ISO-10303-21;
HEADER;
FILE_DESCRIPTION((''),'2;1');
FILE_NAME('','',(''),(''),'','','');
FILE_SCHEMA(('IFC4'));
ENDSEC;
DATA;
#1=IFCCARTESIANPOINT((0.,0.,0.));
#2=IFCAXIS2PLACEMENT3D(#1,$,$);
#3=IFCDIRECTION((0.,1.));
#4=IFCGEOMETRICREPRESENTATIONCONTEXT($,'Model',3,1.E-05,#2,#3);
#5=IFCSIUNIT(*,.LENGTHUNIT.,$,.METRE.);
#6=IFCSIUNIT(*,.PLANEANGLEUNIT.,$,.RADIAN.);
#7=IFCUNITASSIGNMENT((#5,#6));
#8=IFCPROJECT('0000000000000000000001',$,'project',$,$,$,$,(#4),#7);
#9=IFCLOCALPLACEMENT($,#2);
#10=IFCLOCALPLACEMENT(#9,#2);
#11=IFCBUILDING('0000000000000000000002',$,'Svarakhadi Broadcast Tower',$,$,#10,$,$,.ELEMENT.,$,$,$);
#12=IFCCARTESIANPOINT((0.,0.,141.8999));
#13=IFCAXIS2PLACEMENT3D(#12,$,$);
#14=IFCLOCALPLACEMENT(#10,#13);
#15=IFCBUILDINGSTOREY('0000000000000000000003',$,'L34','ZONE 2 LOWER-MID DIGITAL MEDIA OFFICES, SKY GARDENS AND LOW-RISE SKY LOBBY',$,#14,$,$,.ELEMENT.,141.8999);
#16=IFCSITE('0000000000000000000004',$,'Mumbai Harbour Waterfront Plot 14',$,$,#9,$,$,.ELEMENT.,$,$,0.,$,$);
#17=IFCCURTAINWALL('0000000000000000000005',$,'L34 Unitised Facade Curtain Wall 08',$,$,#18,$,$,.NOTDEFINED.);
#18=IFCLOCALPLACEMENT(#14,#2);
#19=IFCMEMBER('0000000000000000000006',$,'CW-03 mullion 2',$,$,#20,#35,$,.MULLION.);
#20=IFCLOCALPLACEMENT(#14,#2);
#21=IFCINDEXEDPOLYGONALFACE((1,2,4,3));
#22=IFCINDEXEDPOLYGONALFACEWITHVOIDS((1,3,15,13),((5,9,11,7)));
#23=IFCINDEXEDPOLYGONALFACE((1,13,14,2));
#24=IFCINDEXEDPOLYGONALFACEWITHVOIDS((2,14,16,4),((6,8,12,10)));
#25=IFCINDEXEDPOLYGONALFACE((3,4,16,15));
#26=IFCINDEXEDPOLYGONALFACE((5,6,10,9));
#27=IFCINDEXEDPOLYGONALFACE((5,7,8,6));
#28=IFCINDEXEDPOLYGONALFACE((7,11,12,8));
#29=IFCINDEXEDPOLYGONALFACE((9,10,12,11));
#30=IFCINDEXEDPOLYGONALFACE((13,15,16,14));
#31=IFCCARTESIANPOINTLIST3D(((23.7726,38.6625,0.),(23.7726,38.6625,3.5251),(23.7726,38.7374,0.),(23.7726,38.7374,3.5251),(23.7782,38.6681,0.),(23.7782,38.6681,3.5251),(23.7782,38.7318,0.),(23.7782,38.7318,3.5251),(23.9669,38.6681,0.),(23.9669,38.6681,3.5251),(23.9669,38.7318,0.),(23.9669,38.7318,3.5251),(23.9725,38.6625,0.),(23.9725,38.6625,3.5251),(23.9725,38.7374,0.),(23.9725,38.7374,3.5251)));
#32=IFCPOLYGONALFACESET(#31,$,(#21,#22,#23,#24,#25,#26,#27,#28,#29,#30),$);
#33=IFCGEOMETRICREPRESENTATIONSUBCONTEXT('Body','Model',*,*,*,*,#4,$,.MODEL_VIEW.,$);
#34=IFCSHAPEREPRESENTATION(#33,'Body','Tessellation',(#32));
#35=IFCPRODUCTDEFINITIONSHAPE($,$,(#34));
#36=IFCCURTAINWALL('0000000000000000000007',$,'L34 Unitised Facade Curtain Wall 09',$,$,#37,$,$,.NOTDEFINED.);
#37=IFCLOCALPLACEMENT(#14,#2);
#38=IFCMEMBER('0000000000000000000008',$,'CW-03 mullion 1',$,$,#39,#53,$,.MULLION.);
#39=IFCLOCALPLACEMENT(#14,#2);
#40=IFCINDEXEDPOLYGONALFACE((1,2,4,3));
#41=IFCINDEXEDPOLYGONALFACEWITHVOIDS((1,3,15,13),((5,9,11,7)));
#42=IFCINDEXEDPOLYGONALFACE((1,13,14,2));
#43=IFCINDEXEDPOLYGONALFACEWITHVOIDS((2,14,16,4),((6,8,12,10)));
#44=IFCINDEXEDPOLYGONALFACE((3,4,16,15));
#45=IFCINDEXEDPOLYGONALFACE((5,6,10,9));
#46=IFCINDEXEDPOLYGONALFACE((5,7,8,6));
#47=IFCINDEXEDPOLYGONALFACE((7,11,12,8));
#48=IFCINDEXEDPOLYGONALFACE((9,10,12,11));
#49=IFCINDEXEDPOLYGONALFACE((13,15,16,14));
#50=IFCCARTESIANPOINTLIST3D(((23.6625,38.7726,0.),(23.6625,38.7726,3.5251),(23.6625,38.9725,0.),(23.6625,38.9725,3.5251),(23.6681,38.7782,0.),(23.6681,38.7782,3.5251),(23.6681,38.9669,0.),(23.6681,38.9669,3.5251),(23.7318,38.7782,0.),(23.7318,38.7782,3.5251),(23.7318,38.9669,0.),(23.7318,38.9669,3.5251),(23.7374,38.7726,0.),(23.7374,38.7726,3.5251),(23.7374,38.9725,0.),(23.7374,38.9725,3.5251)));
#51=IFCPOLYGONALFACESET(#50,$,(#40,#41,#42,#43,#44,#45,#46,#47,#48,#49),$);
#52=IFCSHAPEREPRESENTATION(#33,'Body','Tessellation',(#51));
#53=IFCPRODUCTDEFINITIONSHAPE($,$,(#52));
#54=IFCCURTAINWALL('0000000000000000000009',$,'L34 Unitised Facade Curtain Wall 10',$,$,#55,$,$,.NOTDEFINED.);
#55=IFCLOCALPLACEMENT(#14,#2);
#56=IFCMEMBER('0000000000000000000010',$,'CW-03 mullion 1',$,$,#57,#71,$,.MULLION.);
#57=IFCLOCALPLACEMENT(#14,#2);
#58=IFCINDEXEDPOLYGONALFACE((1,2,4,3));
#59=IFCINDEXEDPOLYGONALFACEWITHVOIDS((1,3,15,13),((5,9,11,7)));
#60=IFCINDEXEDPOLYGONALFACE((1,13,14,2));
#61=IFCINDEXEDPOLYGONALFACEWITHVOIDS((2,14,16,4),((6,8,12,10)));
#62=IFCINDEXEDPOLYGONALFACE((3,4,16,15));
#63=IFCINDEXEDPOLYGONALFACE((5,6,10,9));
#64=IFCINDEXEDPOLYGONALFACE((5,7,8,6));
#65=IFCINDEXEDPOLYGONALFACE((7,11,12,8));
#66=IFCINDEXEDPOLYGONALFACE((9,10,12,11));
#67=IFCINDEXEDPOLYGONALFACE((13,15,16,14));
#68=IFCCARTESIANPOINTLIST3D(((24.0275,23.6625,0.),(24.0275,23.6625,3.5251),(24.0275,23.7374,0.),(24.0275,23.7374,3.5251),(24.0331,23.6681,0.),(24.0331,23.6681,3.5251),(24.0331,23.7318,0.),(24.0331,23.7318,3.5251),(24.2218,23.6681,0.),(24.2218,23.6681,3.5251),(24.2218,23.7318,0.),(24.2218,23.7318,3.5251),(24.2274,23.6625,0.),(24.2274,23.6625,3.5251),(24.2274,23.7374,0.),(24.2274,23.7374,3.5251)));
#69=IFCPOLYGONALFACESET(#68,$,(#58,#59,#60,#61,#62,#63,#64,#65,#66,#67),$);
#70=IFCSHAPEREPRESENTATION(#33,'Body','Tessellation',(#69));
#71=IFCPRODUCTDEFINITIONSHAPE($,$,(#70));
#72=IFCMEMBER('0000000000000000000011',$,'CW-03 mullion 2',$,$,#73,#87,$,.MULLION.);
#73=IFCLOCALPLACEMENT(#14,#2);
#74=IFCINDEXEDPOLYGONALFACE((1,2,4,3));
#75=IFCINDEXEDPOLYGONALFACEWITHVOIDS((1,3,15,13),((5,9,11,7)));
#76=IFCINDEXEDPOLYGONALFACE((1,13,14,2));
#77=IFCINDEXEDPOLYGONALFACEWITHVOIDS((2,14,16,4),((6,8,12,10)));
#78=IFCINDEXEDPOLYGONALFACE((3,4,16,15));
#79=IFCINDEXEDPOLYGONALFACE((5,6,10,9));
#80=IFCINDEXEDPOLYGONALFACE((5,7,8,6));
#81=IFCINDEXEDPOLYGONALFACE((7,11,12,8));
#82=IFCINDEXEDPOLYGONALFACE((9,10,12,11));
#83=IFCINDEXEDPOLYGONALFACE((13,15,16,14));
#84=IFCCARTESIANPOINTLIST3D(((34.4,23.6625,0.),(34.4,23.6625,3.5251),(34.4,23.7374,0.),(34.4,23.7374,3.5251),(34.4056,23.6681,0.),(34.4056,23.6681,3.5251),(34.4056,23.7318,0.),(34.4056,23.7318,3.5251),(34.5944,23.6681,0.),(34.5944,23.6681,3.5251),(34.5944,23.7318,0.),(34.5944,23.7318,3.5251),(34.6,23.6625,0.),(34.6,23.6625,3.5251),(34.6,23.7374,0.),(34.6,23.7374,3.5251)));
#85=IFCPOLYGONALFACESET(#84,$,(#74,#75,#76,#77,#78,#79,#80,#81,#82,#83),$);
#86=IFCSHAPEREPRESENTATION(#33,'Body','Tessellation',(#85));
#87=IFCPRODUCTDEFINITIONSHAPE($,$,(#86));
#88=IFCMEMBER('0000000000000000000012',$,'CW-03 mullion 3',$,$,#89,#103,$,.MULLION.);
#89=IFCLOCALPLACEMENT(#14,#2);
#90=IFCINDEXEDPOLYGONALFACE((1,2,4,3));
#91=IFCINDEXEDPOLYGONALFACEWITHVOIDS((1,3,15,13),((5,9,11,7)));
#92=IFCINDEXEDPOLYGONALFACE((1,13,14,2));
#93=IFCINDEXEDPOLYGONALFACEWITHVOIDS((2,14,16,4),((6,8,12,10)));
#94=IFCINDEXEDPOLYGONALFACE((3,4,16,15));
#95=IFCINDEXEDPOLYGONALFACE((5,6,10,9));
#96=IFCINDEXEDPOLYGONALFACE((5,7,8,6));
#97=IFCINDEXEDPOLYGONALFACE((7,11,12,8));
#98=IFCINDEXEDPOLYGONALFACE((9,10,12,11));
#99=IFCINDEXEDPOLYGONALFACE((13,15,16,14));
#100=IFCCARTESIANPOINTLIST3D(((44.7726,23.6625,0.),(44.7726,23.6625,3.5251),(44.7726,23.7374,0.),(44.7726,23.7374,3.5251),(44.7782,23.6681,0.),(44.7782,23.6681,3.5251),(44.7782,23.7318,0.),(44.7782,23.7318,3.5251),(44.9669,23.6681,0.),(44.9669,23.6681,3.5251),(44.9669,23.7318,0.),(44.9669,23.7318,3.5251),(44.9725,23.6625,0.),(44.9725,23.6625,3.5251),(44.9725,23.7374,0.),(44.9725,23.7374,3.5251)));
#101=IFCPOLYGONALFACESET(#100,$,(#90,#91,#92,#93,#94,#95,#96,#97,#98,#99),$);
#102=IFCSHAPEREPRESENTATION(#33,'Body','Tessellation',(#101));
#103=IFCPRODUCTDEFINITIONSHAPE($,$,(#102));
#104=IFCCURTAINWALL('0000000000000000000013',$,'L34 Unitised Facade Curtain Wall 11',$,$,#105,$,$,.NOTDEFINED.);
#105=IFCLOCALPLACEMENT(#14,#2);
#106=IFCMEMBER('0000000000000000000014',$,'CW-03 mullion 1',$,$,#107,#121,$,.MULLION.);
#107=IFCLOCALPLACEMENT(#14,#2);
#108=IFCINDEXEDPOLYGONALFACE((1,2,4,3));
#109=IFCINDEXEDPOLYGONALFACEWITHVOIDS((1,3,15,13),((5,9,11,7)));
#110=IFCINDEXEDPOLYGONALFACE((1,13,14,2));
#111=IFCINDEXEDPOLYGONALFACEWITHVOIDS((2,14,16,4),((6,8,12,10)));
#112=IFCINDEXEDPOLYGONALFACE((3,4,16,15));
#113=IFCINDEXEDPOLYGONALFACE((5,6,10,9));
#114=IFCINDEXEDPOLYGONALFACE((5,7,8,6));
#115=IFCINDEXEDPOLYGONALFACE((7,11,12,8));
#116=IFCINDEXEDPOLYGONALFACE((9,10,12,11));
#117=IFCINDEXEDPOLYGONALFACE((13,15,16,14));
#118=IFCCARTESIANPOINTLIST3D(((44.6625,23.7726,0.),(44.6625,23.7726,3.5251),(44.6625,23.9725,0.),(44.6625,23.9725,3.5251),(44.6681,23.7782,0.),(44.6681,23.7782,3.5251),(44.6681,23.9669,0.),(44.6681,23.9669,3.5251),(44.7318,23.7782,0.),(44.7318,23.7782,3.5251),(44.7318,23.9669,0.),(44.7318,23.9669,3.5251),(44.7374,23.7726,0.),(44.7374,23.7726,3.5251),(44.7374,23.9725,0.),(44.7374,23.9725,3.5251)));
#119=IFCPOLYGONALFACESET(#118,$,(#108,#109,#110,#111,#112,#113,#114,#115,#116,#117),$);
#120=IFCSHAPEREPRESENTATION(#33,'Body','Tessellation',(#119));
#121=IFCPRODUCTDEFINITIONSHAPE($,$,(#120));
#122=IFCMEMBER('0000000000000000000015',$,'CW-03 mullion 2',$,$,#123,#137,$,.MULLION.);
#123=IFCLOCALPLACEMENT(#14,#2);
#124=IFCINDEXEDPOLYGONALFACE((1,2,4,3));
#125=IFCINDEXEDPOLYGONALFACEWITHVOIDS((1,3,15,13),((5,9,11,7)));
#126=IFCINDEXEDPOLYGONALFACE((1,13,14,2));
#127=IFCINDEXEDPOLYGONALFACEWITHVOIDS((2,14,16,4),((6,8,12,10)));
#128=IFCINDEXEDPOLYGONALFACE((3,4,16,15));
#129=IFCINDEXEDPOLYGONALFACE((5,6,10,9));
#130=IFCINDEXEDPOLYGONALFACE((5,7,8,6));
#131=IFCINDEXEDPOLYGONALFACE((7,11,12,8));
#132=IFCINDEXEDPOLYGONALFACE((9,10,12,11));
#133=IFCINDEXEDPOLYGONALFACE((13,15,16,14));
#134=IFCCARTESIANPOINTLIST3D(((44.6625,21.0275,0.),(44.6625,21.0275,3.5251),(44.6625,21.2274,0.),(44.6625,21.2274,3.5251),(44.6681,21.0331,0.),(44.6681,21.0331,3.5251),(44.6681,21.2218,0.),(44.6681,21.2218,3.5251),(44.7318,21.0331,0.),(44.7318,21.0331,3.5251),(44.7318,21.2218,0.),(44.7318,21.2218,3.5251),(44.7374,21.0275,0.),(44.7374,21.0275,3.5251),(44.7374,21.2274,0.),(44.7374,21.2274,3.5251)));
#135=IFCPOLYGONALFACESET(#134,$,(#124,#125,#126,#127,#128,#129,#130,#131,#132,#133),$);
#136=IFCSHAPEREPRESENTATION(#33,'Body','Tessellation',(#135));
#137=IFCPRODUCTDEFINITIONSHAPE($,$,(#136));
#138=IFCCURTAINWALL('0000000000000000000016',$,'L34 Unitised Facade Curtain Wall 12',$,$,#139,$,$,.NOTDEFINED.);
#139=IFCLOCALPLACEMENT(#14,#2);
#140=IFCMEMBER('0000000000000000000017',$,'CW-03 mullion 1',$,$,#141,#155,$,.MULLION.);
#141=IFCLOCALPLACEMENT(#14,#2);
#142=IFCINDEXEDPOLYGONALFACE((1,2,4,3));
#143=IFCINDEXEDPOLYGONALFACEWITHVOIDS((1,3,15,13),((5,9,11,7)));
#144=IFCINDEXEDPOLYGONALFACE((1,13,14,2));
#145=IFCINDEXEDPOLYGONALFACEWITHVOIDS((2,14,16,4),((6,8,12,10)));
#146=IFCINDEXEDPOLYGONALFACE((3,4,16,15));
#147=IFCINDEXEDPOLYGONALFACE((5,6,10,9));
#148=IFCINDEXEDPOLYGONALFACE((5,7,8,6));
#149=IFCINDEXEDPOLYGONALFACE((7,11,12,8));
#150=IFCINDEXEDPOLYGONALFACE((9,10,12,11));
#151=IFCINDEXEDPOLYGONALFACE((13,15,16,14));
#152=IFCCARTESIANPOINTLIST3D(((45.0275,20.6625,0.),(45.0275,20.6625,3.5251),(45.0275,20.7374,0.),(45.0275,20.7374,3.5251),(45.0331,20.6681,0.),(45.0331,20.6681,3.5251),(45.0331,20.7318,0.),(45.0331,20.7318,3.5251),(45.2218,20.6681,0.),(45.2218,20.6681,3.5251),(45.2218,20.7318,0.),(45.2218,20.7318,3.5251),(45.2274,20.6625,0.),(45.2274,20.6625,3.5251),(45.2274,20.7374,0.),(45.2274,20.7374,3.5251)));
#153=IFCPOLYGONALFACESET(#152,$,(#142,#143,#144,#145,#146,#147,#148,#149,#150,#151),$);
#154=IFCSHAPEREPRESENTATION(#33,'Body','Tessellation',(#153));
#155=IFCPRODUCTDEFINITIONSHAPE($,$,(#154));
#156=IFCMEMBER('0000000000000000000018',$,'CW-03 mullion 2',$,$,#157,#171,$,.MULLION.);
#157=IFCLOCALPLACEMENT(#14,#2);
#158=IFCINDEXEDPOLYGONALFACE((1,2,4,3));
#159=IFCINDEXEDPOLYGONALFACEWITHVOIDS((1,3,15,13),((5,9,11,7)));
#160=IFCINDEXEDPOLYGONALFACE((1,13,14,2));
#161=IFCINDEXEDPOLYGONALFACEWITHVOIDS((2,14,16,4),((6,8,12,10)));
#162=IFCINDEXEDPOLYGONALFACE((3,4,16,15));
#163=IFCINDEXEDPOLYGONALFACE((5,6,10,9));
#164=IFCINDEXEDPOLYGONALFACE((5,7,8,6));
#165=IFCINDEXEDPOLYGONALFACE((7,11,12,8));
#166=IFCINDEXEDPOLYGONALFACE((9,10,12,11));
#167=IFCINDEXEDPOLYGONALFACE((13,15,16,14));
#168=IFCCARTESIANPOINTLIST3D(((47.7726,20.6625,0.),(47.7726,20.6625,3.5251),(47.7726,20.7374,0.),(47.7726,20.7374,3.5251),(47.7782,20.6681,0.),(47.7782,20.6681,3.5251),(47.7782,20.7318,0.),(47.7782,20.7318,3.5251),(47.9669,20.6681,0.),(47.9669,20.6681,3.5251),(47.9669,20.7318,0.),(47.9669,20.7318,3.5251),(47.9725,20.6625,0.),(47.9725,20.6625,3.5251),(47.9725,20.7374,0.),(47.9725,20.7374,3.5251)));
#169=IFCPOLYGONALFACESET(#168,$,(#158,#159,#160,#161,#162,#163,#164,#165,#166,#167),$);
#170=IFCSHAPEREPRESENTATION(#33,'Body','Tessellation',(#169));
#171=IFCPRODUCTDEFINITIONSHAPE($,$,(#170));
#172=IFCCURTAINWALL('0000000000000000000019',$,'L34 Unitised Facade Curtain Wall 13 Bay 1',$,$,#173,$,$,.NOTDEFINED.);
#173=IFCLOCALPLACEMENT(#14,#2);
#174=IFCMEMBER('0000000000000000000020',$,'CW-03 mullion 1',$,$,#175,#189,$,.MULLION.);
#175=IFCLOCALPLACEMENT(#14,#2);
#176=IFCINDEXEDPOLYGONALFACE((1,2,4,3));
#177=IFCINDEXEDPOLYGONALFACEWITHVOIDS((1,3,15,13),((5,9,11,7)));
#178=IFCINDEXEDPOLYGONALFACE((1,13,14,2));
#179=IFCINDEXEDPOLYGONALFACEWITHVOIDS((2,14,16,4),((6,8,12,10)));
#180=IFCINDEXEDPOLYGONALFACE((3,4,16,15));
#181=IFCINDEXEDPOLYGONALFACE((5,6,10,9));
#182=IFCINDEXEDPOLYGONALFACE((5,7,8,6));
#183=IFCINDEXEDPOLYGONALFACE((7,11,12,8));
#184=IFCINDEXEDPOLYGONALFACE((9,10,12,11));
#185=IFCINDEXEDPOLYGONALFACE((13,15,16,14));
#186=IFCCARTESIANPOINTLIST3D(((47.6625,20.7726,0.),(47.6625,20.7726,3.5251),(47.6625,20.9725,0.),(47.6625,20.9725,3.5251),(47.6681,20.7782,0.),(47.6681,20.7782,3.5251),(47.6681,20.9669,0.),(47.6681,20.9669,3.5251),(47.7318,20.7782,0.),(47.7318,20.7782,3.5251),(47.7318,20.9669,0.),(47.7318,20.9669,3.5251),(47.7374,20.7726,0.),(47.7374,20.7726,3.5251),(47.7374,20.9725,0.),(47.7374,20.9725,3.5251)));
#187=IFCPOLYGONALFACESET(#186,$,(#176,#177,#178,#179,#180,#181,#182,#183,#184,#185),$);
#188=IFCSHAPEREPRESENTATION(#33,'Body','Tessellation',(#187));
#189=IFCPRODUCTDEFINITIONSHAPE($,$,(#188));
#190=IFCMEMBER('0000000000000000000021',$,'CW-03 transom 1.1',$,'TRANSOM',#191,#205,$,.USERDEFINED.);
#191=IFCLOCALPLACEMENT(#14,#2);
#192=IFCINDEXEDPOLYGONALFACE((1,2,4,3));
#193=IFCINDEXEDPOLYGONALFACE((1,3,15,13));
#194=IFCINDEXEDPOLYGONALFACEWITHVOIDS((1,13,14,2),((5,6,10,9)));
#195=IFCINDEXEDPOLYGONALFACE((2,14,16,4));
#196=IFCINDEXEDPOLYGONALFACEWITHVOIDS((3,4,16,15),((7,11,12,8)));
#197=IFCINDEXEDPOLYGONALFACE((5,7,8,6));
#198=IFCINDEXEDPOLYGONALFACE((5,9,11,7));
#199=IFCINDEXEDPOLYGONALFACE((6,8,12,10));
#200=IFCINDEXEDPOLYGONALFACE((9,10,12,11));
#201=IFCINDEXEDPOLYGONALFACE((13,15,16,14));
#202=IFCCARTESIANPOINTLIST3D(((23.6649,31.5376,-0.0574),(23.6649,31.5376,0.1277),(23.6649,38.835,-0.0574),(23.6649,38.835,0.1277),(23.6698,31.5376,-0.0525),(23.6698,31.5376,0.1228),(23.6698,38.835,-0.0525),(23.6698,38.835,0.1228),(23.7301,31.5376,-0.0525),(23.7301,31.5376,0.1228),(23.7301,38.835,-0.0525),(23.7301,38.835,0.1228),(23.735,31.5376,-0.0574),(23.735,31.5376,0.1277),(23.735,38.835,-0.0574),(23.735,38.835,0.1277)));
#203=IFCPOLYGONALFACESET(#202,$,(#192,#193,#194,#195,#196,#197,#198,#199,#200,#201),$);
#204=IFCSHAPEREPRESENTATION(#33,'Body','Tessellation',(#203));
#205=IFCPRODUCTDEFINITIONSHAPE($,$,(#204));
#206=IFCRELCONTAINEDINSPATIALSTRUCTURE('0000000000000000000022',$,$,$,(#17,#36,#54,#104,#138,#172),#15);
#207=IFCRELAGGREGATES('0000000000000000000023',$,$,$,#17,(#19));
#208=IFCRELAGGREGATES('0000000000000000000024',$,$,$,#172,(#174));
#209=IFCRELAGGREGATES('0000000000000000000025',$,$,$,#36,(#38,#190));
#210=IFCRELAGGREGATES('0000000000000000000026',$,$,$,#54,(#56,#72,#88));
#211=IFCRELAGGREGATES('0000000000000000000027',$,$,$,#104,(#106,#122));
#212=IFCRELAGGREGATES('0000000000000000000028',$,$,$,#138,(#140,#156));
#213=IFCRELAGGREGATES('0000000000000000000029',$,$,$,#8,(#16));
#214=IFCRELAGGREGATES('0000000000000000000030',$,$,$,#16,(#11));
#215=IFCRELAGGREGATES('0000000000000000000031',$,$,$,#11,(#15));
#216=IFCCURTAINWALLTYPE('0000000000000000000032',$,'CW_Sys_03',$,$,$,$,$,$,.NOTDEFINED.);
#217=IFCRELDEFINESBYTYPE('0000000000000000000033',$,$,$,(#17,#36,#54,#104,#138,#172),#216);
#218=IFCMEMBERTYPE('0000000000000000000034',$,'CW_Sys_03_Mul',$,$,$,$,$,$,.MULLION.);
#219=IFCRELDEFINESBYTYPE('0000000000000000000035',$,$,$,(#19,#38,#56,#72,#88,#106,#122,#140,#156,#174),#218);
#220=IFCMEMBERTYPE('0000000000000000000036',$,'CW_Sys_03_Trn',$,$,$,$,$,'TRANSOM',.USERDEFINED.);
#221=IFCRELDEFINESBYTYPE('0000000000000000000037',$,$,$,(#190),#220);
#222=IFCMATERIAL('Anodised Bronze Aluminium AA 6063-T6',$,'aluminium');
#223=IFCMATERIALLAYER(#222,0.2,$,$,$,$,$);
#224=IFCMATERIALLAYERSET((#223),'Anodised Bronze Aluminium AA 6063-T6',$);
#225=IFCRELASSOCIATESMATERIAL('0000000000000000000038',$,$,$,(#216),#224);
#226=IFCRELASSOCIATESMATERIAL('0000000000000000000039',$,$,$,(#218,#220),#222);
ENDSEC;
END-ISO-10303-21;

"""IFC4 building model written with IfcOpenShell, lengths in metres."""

from ifc_helpers import new_model, si_unit, direction, frame, origin, origin_2d, place, context, subcontext, project, spatial, hollow_rectangle, extrude, material, layer, layer_set, material_profile, profile_set, type_object, element, aggregate, save


model = new_model("IFC4")

# Units and contexts
model_context = context("Model", 3, precision=1e-05, world=origin(), true_north=direction((0.0, 1.0)))
body_context = subcontext(model_context, "Body", "Model", "MODEL_VIEW")
ifc_project = project(units=[si_unit("LENGTHUNIT", "METRE"), si_unit("PLANEANGLEUNIT", "RADIAN")], contexts=[model_context])

# Site, building, storey
site_placement = place(None, origin())
site = spatial("IfcSite", under=ifc_project, at=site_placement, Name="Mumbai Harbour Waterfront Plot 14", CompositionType="ELEMENT", RefElevation=0.0)
building_placement = place(site_placement, origin())
building = spatial("IfcBuilding", under=site, at=building_placement, Name="Svarakhadi Broadcast Tower", CompositionType="ELEMENT")
storey_placement = place(building_placement, frame((0.0, 0.0, 141.8999)))
storey = spatial("IfcBuildingStorey", under=building, at=storey_placement, Name="L34", Description="ZONE 2 LOWER-MID DIGITAL MEDIA OFFICES, SKY GARDENS AND LOW-RISE SKY LOBBY", CompositionType="ELEMENT", Elevation=141.8999)

# Curtain walls, members
ifc_material_1 = material(Name="Anodised Bronze Aluminium AA 6063-T6", Category="aluminium")
ifc_layer_1 = layer(ifc_material_1, 0.2)
ifc_layer_set_1 = layer_set([ifc_layer_1], Name="Anodised Bronze Aluminium AA 6063-T6")
curtain_wall_type = type_object("IfcCurtainWallType", Name="CW_Sys_03", PredefinedType="NOTDEFINED", material=ifc_layer_set_1)
curtain_wall_1_placement = place(storey_placement, origin())
curtain_wall_1 = element("IfcCurtainWall", 1, at=curtain_wall_1_placement, inside=storey, type_object=curtain_wall_type, Name="L34 Unitised Facade Curtain Wall 08", PredefinedType="NOTDEFINED")
ifc_material_profile_1 = material_profile(ifc_material_1, hollow_rectangle(XDim=0.075, YDim=0.2, WallThickness=0.0056, at=origin_2d()), Name="ALU MULLION 200x75x6")
ifc_profile_set_1 = profile_set([ifc_material_profile_1], Name="Anodised Bronze Aluminium AA 6063-T6")
member_type_1 = type_object("IfcMemberType", Name="CW_Sys_03_Mul", PredefinedType="MULLION", material=ifc_profile_set_1)
member_1_placement = place(storey_placement, frame((23.8726, 38.7, 0.0), z_axis=(0.0, 0.0, 1.0), x_axis=(0.0, 1.0, 0.0)))
member_1 = element("IfcMember", 2, at=member_1_placement, type_object=member_type_1, Name="CW-03 mullion 2", PredefinedType="MULLION", context=body_context, shape_type="SweptSolid", body=[
    extrude(hollow_rectangle(XDim=0.075, YDim=0.2, WallThickness=0.0056, at=origin_2d()), origin(), (0.0, 0.0, 1.0), 3.5251),
])
aggregate(curtain_wall_1, [member_1])
curtain_wall_2_placement = place(storey_placement, origin())
curtain_wall_2 = element("IfcCurtainWall", 3, at=curtain_wall_2_placement, inside=storey, type_object=curtain_wall_type, Name="L34 Unitised Facade Curtain Wall 09", PredefinedType="NOTDEFINED")
member_2_placement = place(storey_placement, frame((23.7, 38.8726, 0.0), z_axis=(0.0, 0.0, 1.0), x_axis=(1.0, 0.0, 0.0)))
member_2 = element("IfcMember", 4, at=member_2_placement, type_object=member_type_1, Name="CW-03 mullion 1", PredefinedType="MULLION", context=body_context, shape_type="SweptSolid", body=[
    extrude(hollow_rectangle(XDim=0.075, YDim=0.2, WallThickness=0.0056, at=origin_2d()), origin(), (0.0, 0.0, 1.0), 3.5251),
])

# Curtain walls, members
curtain_wall_3_placement = place(storey_placement, origin())
curtain_wall_3 = element("IfcCurtainWall", 5, at=curtain_wall_3_placement, inside=storey, type_object=curtain_wall_type, Name="L34 Unitised Facade Curtain Wall 10", PredefinedType="NOTDEFINED")
member_3_placement = place(storey_placement, frame((24.1274, 23.7, 0.0), z_axis=(0.0, 0.0, 1.0), x_axis=(0.0, 1.0, 0.0)))
member_3 = element("IfcMember", 6, at=member_3_placement, type_object=member_type_1, Name="CW-03 mullion 1", PredefinedType="MULLION", context=body_context, shape_type="SweptSolid", body=[
    extrude(hollow_rectangle(XDim=0.075, YDim=0.2, WallThickness=0.0056, at=origin_2d()), origin(), (0.0, 0.0, 1.0), 3.5251),
])
member_4_placement = place(storey_placement, frame((34.5, 23.7, 0.0), z_axis=(0.0, 0.0, 1.0), x_axis=(0.0, 1.0, 0.0)))
member_4 = element("IfcMember", 7, at=member_4_placement, type_object=member_type_1, Name="CW-03 mullion 2", PredefinedType="MULLION", context=body_context, shape_type="SweptSolid", body=[
    extrude(hollow_rectangle(XDim=0.075, YDim=0.2, WallThickness=0.0056, at=origin_2d()), origin(), (0.0, 0.0, 1.0), 3.5251),
])
member_5_placement = place(storey_placement, frame((44.8726, 23.7, 0.0), z_axis=(0.0, 0.0, 1.0), x_axis=(0.0, 1.0, 0.0)))
member_5 = element("IfcMember", 8, at=member_5_placement, type_object=member_type_1, Name="CW-03 mullion 3", PredefinedType="MULLION", context=body_context, shape_type="SweptSolid", body=[
    extrude(hollow_rectangle(XDim=0.075, YDim=0.2, WallThickness=0.0056, at=origin_2d()), origin(), (0.0, 0.0, 1.0), 3.5251),
])
curtain_wall_4_placement = place(storey_placement, origin())
curtain_wall_4 = element("IfcCurtainWall", 9, at=curtain_wall_4_placement, inside=storey, type_object=curtain_wall_type, Name="L34 Unitised Facade Curtain Wall 11", PredefinedType="NOTDEFINED")
member_6_placement = place(storey_placement, frame((44.7, 23.8726, 0.0), z_axis=(0.0, 0.0, 1.0), x_axis=(1.0, 0.0, 0.0)))
member_6 = element("IfcMember", 10, at=member_6_placement, type_object=member_type_1, Name="CW-03 mullion 1", PredefinedType="MULLION", context=body_context, shape_type="SweptSolid", body=[
    extrude(hollow_rectangle(XDim=0.075, YDim=0.2, WallThickness=0.0056, at=origin_2d()), origin(), (0.0, 0.0, 1.0), 3.5251),
])
member_7_placement = place(storey_placement, frame((44.7, 21.1274, 0.0), z_axis=(0.0, 0.0, 1.0), x_axis=(1.0, 0.0, 0.0)))
member_7 = element("IfcMember", 11, at=member_7_placement, type_object=member_type_1, Name="CW-03 mullion 2", PredefinedType="MULLION", context=body_context, shape_type="SweptSolid", body=[
    extrude(hollow_rectangle(XDim=0.075, YDim=0.2, WallThickness=0.0056, at=origin_2d()), origin(), (0.0, 0.0, 1.0), 3.5251),
])
curtain_wall_5_placement = place(storey_placement, origin())
curtain_wall_5 = element("IfcCurtainWall", 12, at=curtain_wall_5_placement, inside=storey, type_object=curtain_wall_type, Name="L34 Unitised Facade Curtain Wall 12", PredefinedType="NOTDEFINED")
member_8_placement = place(storey_placement, frame((45.1274, 20.7, 0.0), z_axis=(0.0, 0.0, 1.0), x_axis=(0.0, 1.0, 0.0)))
member_8 = element("IfcMember", 13, at=member_8_placement, type_object=member_type_1, Name="CW-03 mullion 1", PredefinedType="MULLION", context=body_context, shape_type="SweptSolid", body=[
    extrude(hollow_rectangle(XDim=0.075, YDim=0.2, WallThickness=0.0056, at=origin_2d()), origin(), (0.0, 0.0, 1.0), 3.5251),
])
member_9_placement = place(storey_placement, frame((47.8726, 20.7, 0.0), z_axis=(0.0, 0.0, 1.0), x_axis=(0.0, 1.0, 0.0)))
member_9 = element("IfcMember", 14, at=member_9_placement, type_object=member_type_1, Name="CW-03 mullion 2", PredefinedType="MULLION", context=body_context, shape_type="SweptSolid", body=[
    extrude(hollow_rectangle(XDim=0.075, YDim=0.2, WallThickness=0.0056, at=origin_2d()), origin(), (0.0, 0.0, 1.0), 3.5251),
])

# Curtain wall, member
curtain_wall_6_placement = place(storey_placement, origin())
curtain_wall_6 = element("IfcCurtainWall", 15, at=curtain_wall_6_placement, inside=storey, type_object=curtain_wall_type, Name="L34 Unitised Facade Curtain Wall 13 Bay 1", PredefinedType="NOTDEFINED")
member_10_placement = place(storey_placement, frame((47.7, 20.8726, 0.0), z_axis=(0.0, 0.0, 1.0), x_axis=(1.0, 0.0, 0.0)))
member_10 = element("IfcMember", 16, at=member_10_placement, type_object=member_type_1, Name="CW-03 mullion 1", PredefinedType="MULLION", context=body_context, shape_type="SweptSolid", body=[
    extrude(hollow_rectangle(XDim=0.075, YDim=0.2, WallThickness=0.0056, at=origin_2d()), origin(), (0.0, 0.0, 1.0), 3.5251),
])

# Member
ifc_material_profile_2 = material_profile(ifc_material_1, hollow_rectangle(XDim=0.0701, YDim=0.1851, WallThickness=0.0049, at=origin_2d()), Name="ALU TRANSOM 185x70x5")
ifc_profile_set_2 = profile_set([ifc_material_profile_2], Name="Anodised Bronze Aluminium AA 6063-T6")
member_type_2 = type_object("IfcMemberType", Name="CW_Sys_03_Trn", ElementType="TRANSOM", PredefinedType="USERDEFINED", material=ifc_profile_set_2)
member_11_placement = place(storey_placement, frame((23.7, 38.835, 0.0352), z_axis=(0.0, -1.0, 0.0), x_axis=(1.0, 0.0, 0.0)))
member_11 = element("IfcMember", 17, at=member_11_placement, type_object=member_type_2, Name="CW-03 transom 1.1", ObjectType="TRANSOM", PredefinedType="USERDEFINED", context=body_context, shape_type="SweptSolid", body=[
    extrude(hollow_rectangle(XDim=0.0701, YDim=0.1851, WallThickness=0.0049, at=origin_2d()), origin(), (0.0, 0.0, 1.0), 7.2974),
])
aggregate(curtain_wall_6, [member_10])

aggregate(curtain_wall_2, [member_2, member_11])
aggregate(curtain_wall_3, [member_3, member_4, member_5])
aggregate(curtain_wall_4, [member_6, member_7])
aggregate(curtain_wall_5, [member_8, member_9])

save(model, "model.ifc")
